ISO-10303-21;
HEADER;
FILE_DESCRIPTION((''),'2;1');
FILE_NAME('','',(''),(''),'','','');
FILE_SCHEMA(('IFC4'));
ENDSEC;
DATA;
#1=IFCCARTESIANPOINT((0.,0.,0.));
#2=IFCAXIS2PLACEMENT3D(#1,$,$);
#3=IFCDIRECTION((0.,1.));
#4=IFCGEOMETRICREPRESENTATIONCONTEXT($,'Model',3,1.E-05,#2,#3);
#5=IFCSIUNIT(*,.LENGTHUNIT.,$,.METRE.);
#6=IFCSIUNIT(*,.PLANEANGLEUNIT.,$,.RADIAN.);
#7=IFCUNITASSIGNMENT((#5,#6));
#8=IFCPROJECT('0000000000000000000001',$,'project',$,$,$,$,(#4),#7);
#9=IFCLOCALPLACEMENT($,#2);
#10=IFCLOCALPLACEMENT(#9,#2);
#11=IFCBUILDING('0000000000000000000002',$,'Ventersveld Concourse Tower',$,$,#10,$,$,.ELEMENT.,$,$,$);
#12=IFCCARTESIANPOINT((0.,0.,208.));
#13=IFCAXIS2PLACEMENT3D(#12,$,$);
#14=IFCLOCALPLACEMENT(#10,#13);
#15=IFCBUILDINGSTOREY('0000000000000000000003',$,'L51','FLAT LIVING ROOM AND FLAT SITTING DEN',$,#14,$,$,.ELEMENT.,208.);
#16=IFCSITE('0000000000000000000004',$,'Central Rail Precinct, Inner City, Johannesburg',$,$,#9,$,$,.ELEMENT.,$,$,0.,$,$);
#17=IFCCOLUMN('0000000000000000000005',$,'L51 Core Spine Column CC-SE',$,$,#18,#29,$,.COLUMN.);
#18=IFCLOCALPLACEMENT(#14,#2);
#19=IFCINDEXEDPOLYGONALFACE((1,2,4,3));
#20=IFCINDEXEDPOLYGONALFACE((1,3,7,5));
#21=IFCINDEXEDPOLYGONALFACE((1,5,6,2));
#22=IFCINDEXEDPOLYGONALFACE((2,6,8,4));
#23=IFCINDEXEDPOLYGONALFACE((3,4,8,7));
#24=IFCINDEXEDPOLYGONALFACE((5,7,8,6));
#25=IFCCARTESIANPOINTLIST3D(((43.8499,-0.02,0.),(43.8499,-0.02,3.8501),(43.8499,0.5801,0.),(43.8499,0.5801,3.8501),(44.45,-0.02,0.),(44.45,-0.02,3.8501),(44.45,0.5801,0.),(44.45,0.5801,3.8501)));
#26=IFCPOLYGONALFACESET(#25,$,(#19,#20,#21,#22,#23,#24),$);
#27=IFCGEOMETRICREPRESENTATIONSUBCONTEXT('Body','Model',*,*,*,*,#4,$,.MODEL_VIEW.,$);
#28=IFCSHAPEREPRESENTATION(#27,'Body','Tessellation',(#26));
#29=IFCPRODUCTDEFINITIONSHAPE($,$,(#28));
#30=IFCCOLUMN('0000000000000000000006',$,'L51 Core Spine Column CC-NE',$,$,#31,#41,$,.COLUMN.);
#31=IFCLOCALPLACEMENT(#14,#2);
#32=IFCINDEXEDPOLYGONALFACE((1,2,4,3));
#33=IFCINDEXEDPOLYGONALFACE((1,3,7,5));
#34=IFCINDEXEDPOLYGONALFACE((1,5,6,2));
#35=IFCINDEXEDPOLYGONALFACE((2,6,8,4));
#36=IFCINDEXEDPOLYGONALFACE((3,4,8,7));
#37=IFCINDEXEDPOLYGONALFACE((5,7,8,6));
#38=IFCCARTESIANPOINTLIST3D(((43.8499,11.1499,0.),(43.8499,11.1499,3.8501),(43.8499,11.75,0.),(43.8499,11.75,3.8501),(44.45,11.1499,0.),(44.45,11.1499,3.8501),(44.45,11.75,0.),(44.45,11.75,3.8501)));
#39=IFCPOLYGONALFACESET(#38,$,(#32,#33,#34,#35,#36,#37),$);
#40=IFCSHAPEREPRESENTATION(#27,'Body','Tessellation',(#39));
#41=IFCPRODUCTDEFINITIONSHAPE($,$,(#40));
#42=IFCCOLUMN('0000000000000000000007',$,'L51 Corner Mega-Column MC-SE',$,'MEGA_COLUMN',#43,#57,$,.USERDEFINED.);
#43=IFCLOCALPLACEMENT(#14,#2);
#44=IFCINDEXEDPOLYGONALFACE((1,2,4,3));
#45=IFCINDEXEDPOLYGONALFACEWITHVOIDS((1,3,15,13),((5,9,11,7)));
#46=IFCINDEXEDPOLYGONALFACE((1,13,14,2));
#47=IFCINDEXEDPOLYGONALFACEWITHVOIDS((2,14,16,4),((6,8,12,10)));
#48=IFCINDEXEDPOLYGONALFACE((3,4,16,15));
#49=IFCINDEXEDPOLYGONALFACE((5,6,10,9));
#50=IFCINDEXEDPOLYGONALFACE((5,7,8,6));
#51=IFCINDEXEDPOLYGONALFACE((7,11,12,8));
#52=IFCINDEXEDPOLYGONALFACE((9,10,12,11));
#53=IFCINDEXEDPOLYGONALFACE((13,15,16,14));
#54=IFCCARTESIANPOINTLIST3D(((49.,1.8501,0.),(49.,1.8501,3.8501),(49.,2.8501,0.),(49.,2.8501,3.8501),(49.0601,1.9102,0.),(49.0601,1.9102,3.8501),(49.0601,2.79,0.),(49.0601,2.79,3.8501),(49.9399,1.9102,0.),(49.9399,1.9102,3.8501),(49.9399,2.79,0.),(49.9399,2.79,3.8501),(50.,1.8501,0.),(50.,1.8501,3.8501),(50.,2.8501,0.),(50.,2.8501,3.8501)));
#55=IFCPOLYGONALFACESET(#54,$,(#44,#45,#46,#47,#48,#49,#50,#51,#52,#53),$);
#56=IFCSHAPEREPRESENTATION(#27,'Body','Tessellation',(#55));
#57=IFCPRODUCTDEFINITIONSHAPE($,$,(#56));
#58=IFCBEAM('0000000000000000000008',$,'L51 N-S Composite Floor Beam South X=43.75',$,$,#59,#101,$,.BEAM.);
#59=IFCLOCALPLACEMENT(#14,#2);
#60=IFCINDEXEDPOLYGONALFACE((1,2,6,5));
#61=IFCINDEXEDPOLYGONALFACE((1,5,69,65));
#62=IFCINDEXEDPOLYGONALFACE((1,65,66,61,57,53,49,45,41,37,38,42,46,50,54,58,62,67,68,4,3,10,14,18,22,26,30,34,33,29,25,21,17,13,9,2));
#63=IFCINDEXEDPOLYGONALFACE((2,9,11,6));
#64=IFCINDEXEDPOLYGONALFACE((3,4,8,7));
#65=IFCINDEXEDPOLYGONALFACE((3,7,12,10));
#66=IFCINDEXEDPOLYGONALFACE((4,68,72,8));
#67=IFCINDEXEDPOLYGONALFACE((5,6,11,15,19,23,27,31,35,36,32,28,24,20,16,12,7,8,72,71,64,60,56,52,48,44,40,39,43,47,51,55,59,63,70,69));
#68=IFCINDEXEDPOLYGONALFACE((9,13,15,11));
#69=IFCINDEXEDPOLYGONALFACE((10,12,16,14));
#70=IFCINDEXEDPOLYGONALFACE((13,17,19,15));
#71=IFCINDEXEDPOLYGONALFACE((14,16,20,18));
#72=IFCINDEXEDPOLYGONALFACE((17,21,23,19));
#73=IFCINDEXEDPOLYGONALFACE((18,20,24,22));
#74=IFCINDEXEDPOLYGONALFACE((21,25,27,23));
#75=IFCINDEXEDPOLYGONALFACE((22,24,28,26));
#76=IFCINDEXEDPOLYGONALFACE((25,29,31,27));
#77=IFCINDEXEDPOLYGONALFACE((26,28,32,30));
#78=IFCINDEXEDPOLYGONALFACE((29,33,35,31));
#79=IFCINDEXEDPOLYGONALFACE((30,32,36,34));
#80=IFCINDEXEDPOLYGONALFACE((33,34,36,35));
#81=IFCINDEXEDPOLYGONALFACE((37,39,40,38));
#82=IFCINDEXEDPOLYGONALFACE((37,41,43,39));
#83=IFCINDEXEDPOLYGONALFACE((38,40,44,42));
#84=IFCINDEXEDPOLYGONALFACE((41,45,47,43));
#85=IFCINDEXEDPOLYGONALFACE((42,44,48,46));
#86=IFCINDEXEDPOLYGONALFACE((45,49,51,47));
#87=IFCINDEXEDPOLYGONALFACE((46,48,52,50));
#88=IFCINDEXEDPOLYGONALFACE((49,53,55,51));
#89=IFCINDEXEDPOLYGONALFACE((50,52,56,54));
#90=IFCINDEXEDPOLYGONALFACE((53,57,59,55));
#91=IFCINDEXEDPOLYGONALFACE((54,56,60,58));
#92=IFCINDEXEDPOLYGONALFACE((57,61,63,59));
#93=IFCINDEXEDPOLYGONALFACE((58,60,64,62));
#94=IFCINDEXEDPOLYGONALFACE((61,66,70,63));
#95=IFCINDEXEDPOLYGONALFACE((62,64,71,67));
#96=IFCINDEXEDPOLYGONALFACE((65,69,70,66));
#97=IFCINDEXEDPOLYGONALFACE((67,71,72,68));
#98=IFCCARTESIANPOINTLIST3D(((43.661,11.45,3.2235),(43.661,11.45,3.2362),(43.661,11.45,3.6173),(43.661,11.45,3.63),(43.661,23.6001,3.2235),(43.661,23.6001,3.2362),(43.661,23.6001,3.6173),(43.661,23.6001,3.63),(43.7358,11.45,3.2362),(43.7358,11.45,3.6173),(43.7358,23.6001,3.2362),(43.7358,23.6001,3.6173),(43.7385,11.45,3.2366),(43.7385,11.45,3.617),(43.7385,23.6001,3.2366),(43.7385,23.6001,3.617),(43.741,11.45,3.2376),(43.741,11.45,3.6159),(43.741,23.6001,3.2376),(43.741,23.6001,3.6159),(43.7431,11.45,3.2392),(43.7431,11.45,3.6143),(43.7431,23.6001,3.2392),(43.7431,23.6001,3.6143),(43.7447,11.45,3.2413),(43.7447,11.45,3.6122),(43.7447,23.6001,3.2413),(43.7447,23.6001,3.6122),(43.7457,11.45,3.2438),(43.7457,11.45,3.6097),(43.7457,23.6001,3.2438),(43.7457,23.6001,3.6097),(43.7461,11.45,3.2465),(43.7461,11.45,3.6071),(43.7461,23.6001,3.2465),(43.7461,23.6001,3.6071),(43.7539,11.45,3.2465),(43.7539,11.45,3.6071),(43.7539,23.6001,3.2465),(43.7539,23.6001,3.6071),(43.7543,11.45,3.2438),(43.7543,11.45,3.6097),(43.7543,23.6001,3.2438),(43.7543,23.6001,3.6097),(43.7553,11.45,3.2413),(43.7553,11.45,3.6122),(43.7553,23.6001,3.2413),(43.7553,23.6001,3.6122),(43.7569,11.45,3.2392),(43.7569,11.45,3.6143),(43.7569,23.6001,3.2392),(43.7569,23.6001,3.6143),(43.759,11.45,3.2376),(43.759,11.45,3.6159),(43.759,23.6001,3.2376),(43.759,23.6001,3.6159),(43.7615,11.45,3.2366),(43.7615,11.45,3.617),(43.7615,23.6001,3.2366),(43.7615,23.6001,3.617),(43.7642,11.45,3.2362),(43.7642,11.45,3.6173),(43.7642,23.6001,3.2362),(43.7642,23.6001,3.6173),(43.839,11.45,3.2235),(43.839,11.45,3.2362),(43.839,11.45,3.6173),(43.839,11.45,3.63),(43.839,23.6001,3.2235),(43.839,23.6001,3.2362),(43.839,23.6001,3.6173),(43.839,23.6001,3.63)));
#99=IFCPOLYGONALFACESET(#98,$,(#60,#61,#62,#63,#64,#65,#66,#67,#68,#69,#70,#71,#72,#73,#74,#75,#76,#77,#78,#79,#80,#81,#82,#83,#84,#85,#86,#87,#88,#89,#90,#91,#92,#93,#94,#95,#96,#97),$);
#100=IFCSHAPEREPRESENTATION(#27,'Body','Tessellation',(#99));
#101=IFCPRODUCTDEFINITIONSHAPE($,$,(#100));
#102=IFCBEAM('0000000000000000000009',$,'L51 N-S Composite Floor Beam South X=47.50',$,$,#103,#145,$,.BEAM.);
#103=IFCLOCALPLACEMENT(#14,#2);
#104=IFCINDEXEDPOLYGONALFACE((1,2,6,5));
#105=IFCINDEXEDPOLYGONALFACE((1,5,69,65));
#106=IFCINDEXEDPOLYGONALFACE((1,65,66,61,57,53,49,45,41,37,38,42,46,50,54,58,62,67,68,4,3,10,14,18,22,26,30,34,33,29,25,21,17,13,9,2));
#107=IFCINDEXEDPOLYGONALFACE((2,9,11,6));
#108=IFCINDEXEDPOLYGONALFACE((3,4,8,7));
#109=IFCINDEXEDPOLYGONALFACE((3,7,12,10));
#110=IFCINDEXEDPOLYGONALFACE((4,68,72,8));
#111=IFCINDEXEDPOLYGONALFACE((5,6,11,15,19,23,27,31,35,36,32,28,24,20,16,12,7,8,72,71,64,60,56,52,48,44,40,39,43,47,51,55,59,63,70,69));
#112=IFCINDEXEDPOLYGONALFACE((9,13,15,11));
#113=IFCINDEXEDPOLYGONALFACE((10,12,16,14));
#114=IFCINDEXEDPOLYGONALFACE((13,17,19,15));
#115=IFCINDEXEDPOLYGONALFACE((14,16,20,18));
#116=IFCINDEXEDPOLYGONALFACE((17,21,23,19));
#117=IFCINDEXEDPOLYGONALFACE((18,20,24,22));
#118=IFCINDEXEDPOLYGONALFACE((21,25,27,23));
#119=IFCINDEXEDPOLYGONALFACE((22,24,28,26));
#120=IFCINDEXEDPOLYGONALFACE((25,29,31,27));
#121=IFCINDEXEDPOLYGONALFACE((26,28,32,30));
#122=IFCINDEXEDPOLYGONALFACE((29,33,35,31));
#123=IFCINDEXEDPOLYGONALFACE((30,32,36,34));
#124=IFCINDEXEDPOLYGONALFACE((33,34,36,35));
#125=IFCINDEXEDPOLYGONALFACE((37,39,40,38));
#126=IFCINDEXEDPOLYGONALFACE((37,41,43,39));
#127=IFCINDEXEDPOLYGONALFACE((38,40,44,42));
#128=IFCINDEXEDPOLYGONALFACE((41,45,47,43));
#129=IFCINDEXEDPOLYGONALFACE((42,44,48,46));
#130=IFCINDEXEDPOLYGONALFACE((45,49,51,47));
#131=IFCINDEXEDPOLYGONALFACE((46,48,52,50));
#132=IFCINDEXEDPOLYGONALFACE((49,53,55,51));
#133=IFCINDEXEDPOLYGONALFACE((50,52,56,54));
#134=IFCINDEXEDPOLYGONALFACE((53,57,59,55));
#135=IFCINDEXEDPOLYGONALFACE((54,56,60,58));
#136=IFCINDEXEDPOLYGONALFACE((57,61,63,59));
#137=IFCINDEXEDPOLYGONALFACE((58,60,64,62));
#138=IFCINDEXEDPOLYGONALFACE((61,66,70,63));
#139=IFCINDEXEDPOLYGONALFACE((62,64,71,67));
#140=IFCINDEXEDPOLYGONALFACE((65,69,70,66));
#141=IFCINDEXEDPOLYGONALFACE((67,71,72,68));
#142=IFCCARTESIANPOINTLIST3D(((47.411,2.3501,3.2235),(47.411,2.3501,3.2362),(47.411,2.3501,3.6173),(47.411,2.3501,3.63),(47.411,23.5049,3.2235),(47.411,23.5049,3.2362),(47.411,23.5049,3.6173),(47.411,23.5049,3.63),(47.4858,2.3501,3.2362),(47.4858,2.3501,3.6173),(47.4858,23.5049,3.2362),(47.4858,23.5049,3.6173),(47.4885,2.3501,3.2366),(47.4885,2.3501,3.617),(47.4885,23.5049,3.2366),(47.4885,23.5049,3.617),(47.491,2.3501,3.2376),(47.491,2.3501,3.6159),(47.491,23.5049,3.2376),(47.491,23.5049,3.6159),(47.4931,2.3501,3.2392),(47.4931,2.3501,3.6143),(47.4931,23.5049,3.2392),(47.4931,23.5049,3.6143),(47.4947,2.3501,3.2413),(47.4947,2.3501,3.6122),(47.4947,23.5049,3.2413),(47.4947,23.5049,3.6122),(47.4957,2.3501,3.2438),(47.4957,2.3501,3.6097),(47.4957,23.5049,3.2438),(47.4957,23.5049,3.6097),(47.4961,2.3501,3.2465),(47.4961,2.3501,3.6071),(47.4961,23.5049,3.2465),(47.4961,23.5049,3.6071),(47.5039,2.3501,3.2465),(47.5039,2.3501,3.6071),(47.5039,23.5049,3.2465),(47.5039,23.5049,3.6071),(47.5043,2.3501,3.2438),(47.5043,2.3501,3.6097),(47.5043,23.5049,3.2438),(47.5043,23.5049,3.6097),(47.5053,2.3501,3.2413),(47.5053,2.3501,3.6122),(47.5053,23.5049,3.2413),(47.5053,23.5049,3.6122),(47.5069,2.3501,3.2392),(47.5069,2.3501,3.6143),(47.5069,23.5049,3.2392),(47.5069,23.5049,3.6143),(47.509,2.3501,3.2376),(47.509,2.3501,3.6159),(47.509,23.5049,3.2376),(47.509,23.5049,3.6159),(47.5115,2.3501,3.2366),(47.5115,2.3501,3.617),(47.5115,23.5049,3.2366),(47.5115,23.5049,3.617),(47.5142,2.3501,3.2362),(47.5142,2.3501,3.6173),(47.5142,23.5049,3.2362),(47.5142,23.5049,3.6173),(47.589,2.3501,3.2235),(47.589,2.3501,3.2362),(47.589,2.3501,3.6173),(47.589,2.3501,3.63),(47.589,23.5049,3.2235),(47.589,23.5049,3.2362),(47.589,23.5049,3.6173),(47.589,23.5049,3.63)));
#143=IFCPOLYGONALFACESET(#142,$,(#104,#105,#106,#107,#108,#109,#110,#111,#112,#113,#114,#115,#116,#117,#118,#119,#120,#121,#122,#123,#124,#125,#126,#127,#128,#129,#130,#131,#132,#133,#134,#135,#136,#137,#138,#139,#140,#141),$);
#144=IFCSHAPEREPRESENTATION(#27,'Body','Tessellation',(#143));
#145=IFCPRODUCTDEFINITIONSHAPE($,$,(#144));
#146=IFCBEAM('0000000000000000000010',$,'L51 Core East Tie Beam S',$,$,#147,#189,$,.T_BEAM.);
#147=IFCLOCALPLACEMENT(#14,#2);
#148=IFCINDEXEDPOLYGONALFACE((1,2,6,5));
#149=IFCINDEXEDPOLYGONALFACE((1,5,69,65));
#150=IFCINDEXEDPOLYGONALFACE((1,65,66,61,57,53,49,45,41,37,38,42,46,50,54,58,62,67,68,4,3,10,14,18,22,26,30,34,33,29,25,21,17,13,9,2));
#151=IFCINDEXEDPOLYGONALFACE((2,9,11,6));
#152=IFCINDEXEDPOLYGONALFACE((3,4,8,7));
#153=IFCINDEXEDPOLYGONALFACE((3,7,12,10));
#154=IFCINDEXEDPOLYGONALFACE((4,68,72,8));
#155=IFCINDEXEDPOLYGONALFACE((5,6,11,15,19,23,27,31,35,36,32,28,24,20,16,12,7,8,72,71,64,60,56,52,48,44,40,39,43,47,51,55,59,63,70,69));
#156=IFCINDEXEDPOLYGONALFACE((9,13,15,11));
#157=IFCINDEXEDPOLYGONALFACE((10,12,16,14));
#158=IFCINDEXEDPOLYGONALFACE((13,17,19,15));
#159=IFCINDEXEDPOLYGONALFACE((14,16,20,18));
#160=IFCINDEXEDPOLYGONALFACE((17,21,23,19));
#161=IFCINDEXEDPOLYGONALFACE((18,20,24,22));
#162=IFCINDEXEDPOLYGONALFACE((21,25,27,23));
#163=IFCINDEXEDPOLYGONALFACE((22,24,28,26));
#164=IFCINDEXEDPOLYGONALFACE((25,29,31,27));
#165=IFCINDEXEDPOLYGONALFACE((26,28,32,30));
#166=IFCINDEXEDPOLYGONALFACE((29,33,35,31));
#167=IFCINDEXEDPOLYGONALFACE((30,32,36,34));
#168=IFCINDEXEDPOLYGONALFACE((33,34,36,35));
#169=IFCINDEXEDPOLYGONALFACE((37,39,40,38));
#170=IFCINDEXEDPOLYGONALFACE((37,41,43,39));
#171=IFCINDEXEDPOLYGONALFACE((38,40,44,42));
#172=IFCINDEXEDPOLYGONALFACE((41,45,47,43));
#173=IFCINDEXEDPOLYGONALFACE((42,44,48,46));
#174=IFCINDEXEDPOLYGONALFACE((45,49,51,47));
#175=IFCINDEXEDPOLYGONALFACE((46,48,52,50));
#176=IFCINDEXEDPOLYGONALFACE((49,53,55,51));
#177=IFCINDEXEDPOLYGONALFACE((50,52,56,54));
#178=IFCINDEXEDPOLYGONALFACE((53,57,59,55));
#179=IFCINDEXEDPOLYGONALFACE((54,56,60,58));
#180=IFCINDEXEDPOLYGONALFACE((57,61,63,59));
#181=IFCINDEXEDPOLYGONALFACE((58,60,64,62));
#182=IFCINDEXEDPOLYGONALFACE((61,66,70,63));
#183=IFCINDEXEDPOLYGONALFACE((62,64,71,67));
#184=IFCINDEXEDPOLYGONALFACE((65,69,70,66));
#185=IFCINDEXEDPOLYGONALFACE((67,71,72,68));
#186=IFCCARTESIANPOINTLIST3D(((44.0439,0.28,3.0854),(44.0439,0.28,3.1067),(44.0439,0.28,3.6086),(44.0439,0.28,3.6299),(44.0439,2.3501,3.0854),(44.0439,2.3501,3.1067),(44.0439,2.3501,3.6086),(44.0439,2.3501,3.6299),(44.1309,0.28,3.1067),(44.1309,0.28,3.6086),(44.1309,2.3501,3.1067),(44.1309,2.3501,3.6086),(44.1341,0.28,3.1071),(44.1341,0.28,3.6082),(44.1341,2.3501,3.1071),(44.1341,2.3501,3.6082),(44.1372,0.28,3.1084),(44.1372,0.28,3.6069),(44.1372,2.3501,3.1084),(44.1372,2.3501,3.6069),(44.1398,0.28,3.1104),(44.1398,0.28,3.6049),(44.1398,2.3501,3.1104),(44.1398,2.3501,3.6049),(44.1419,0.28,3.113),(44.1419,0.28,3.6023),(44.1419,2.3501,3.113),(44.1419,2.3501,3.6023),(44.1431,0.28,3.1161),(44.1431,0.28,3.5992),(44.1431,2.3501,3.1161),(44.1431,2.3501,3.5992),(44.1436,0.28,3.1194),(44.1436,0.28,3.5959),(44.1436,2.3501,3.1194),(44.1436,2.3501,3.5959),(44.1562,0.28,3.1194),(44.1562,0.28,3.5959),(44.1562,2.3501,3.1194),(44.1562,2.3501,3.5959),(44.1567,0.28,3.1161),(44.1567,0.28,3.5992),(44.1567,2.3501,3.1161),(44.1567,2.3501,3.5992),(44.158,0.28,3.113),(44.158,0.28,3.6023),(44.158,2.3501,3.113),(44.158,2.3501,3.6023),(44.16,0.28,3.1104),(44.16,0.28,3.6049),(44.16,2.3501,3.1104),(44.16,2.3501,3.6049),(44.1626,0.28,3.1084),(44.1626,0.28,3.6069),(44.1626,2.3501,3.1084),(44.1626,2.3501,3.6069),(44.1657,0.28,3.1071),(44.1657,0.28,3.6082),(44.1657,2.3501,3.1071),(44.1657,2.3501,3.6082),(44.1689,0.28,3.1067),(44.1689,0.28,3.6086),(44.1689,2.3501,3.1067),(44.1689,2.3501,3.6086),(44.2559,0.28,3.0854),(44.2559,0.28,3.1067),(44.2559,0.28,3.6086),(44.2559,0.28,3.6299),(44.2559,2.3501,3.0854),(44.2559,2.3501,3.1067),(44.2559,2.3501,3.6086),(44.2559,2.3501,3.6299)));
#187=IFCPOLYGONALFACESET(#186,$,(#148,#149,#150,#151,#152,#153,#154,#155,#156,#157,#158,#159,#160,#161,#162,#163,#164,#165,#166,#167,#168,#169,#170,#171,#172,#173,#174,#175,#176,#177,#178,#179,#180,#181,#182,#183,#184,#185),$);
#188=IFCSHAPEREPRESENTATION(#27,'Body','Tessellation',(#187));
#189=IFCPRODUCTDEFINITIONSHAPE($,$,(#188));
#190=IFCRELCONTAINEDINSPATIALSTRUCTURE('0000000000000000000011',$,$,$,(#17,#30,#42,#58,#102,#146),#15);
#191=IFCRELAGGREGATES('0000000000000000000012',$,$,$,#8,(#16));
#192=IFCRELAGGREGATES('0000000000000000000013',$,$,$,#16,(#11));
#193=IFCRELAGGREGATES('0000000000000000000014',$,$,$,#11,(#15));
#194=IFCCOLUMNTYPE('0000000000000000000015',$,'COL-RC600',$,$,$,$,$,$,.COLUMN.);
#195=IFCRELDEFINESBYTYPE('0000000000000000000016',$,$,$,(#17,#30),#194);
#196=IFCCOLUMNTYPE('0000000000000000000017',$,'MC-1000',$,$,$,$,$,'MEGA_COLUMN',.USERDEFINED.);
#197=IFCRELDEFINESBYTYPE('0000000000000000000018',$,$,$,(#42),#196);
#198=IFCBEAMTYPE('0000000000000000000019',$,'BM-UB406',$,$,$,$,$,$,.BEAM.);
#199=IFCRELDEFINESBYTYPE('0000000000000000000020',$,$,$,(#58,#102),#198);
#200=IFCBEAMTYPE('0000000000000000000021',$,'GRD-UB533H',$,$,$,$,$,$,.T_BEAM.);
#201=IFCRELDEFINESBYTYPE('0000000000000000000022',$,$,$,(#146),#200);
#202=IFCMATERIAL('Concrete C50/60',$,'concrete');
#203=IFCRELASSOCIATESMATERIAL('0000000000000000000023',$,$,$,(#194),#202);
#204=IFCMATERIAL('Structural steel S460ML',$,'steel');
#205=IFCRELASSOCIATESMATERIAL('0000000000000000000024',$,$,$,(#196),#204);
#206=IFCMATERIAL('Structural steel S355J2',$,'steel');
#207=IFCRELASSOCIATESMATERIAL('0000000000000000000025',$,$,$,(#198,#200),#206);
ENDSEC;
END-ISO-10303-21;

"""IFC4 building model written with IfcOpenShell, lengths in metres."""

from ifc_helpers import new_model, si_unit, direction, frame, origin, origin_2d, place, context, subcontext, project, spatial, rectangle, hollow_rectangle, i_section, extrude, material, material_profile, profile_set, type_object, element, save


model = new_model("IFC4")

# Units and contexts
model_context = context("Model", 3, precision=1e-05, world=origin(), true_north=direction((0.0, 1.0)))
body_context = subcontext(model_context, "Body", "Model", "MODEL_VIEW")
ifc_project = project(units=[si_unit("LENGTHUNIT", "METRE"), si_unit("PLANEANGLEUNIT", "RADIAN")], contexts=[model_context])

# Site, building, storey
site_placement = place(None, origin())
site = spatial("IfcSite", under=ifc_project, at=site_placement, Name="Central Rail Precinct, Inner City, Johannesburg", CompositionType="ELEMENT", RefElevation=0.0)
building_placement = place(site_placement, origin())
building = spatial("IfcBuilding", under=site, at=building_placement, Name="Ventersveld Concourse Tower", CompositionType="ELEMENT")
storey_placement = place(building_placement, frame((0.0, 0.0, 208.0)))
storey = spatial("IfcBuildingStorey", under=building, at=storey_placement, Name="L51", Description="FLAT LIVING ROOM AND FLAT SITTING DEN", CompositionType="ELEMENT", Elevation=208.0)

# Columns
ifc_material_1 = material(Name="Concrete C50/60", Category="concrete")
ifc_material_profile_1 = material_profile(ifc_material_1, rectangle(XDim=0.6001, YDim=0.6001, at=origin_2d()), Name="RC 600x600")
ifc_profile_set_1 = profile_set([ifc_material_profile_1], Name="Concrete C50/60")
column_type_1 = type_object("IfcColumnType", Name="COL-RC600", PredefinedType="COLUMN", material=ifc_profile_set_1)
for number, where, z_axis, x_axis, name in (
    (1, (44.1499, 0.28, 0.0), (0.0, 0.0, 1.0), (1.0, 0.0, 0.0), "L51 Core Spine Column CC-SE"),
    (2, (44.1499, 11.45, 0.0), (0.0, 0.0, 1.0), (1.0, 0.0, 0.0), "L51 Core Spine Column CC-NE"),
):
    element("IfcColumn", number, at=place(storey_placement, frame(where, z_axis=z_axis, x_axis=x_axis)), inside=storey, type_object=column_type_1, Name=name, PredefinedType="COLUMN", context=body_context, shape_type="SweptSolid", body=[
        extrude(rectangle(XDim=0.6001, YDim=0.6001, at=origin_2d()), origin(), (0.0, 0.0, 1.0), 3.8501),
    ])
ifc_material_2 = material(Name="Structural steel S460ML", Category="steel")
ifc_material_profile_2 = material_profile(ifc_material_2, hollow_rectangle(XDim=1.0, YDim=1.0, WallThickness=0.0601, at=origin_2d()), Name="BOX 1000x1000x60")
ifc_profile_set_2 = profile_set([ifc_material_profile_2], Name="Structural steel S460ML")
column_type_2 = type_object("IfcColumnType", Name="MC-1000", ElementType="MEGA_COLUMN", PredefinedType="USERDEFINED", material=ifc_profile_set_2)
column_placement = place(storey_placement, frame((49.5, 2.3501, 0.0), z_axis=(0.0, 0.0, 1.0), x_axis=(1.0, 0.0, 0.0)))
element("IfcColumn", 3, at=column_placement, inside=storey, type_object=column_type_2, Name="L51 Corner Mega-Column MC-SE", ObjectType="MEGA_COLUMN", PredefinedType="USERDEFINED", context=body_context, shape_type="SweptSolid", body=[
    extrude(hollow_rectangle(XDim=1.0, YDim=1.0, WallThickness=0.0601, at=origin_2d()), origin(), (0.0, 0.0, 1.0), 3.8501),
])

# Beams
ifc_material_3 = material(Name="Structural steel S355J2", Category="steel")
ifc_material_profile_3 = material_profile(ifc_material_3, i_section(OverallWidth=0.178, OverallDepth=0.4065, WebThickness=0.0078, FlangeThickness=0.0127, FilletRadius=0.0103, at=origin_2d()), Name="UB 406x178x60")
ifc_profile_set_3 = profile_set([ifc_material_profile_3], Name="Structural steel S355J2")
beam_type_1 = type_object("IfcBeamType", Name="BM-UB406", PredefinedType="BEAM", material=ifc_profile_set_3)
beam_1_placement = place(storey_placement, frame((43.75, 11.45, 3.4268), z_axis=(0.0, 1.0, 0.0), x_axis=(-1.0, 0.0, 0.0)))
element("IfcBeam", 4, at=beam_1_placement, inside=storey, type_object=beam_type_1, Name="L51 N-S Composite Floor Beam South X=43.75", PredefinedType="BEAM", context=body_context, shape_type="SweptSolid", body=[
    extrude(i_section(OverallWidth=0.178, OverallDepth=0.4065, WebThickness=0.0078, FlangeThickness=0.0127, FilletRadius=0.0103, at=origin_2d()), origin(), (0.0, 0.0, 1.0), 12.1501),
])
beam_2_placement = place(storey_placement, frame((47.5, 2.3501, 3.4268), z_axis=(0.0, 1.0, 0.0), x_axis=(-1.0, 0.0, 0.0)))
element("IfcBeam", 5, at=beam_2_placement, inside=storey, type_object=beam_type_1, Name="L51 N-S Composite Floor Beam South X=47.50", PredefinedType="BEAM", context=body_context, shape_type="SweptSolid", body=[
    extrude(i_section(OverallWidth=0.178, OverallDepth=0.4065, WebThickness=0.0078, FlangeThickness=0.0127, FilletRadius=0.0103, at=origin_2d()), origin(), (0.0, 0.0, 1.0), 21.1548),
])
ifc_material_profile_4 = material_profile(ifc_material_3, i_section(OverallWidth=0.2119, OverallDepth=0.5444, WebThickness=0.0127, FlangeThickness=0.0212, FilletRadius=0.0127, at=origin_2d()), Name="UB 533x210x122")
ifc_profile_set_4 = profile_set([ifc_material_profile_4], Name="Structural steel S355J2")
beam_type_2 = type_object("IfcBeamType", Name="GRD-UB533H", PredefinedType="T_BEAM", material=ifc_profile_set_4)
beam_3_placement = place(storey_placement, frame((44.1499, 0.28, 3.3577), z_axis=(0.0, 1.0, 0.0), x_axis=(-1.0, 0.0, 0.0)))
element("IfcBeam", 6, at=beam_3_placement, inside=storey, type_object=beam_type_2, Name="L51 Core East Tie Beam S", PredefinedType="T_BEAM", context=body_context, shape_type="SweptSolid", body=[
    extrude(i_section(OverallWidth=0.2119, OverallDepth=0.5444, WebThickness=0.0127, FlangeThickness=0.0212, FilletRadius=0.0127, at=origin_2d()), origin(), (0.0, 0.0, 1.0), 2.0701),
])

save(model, "model.ifc")
